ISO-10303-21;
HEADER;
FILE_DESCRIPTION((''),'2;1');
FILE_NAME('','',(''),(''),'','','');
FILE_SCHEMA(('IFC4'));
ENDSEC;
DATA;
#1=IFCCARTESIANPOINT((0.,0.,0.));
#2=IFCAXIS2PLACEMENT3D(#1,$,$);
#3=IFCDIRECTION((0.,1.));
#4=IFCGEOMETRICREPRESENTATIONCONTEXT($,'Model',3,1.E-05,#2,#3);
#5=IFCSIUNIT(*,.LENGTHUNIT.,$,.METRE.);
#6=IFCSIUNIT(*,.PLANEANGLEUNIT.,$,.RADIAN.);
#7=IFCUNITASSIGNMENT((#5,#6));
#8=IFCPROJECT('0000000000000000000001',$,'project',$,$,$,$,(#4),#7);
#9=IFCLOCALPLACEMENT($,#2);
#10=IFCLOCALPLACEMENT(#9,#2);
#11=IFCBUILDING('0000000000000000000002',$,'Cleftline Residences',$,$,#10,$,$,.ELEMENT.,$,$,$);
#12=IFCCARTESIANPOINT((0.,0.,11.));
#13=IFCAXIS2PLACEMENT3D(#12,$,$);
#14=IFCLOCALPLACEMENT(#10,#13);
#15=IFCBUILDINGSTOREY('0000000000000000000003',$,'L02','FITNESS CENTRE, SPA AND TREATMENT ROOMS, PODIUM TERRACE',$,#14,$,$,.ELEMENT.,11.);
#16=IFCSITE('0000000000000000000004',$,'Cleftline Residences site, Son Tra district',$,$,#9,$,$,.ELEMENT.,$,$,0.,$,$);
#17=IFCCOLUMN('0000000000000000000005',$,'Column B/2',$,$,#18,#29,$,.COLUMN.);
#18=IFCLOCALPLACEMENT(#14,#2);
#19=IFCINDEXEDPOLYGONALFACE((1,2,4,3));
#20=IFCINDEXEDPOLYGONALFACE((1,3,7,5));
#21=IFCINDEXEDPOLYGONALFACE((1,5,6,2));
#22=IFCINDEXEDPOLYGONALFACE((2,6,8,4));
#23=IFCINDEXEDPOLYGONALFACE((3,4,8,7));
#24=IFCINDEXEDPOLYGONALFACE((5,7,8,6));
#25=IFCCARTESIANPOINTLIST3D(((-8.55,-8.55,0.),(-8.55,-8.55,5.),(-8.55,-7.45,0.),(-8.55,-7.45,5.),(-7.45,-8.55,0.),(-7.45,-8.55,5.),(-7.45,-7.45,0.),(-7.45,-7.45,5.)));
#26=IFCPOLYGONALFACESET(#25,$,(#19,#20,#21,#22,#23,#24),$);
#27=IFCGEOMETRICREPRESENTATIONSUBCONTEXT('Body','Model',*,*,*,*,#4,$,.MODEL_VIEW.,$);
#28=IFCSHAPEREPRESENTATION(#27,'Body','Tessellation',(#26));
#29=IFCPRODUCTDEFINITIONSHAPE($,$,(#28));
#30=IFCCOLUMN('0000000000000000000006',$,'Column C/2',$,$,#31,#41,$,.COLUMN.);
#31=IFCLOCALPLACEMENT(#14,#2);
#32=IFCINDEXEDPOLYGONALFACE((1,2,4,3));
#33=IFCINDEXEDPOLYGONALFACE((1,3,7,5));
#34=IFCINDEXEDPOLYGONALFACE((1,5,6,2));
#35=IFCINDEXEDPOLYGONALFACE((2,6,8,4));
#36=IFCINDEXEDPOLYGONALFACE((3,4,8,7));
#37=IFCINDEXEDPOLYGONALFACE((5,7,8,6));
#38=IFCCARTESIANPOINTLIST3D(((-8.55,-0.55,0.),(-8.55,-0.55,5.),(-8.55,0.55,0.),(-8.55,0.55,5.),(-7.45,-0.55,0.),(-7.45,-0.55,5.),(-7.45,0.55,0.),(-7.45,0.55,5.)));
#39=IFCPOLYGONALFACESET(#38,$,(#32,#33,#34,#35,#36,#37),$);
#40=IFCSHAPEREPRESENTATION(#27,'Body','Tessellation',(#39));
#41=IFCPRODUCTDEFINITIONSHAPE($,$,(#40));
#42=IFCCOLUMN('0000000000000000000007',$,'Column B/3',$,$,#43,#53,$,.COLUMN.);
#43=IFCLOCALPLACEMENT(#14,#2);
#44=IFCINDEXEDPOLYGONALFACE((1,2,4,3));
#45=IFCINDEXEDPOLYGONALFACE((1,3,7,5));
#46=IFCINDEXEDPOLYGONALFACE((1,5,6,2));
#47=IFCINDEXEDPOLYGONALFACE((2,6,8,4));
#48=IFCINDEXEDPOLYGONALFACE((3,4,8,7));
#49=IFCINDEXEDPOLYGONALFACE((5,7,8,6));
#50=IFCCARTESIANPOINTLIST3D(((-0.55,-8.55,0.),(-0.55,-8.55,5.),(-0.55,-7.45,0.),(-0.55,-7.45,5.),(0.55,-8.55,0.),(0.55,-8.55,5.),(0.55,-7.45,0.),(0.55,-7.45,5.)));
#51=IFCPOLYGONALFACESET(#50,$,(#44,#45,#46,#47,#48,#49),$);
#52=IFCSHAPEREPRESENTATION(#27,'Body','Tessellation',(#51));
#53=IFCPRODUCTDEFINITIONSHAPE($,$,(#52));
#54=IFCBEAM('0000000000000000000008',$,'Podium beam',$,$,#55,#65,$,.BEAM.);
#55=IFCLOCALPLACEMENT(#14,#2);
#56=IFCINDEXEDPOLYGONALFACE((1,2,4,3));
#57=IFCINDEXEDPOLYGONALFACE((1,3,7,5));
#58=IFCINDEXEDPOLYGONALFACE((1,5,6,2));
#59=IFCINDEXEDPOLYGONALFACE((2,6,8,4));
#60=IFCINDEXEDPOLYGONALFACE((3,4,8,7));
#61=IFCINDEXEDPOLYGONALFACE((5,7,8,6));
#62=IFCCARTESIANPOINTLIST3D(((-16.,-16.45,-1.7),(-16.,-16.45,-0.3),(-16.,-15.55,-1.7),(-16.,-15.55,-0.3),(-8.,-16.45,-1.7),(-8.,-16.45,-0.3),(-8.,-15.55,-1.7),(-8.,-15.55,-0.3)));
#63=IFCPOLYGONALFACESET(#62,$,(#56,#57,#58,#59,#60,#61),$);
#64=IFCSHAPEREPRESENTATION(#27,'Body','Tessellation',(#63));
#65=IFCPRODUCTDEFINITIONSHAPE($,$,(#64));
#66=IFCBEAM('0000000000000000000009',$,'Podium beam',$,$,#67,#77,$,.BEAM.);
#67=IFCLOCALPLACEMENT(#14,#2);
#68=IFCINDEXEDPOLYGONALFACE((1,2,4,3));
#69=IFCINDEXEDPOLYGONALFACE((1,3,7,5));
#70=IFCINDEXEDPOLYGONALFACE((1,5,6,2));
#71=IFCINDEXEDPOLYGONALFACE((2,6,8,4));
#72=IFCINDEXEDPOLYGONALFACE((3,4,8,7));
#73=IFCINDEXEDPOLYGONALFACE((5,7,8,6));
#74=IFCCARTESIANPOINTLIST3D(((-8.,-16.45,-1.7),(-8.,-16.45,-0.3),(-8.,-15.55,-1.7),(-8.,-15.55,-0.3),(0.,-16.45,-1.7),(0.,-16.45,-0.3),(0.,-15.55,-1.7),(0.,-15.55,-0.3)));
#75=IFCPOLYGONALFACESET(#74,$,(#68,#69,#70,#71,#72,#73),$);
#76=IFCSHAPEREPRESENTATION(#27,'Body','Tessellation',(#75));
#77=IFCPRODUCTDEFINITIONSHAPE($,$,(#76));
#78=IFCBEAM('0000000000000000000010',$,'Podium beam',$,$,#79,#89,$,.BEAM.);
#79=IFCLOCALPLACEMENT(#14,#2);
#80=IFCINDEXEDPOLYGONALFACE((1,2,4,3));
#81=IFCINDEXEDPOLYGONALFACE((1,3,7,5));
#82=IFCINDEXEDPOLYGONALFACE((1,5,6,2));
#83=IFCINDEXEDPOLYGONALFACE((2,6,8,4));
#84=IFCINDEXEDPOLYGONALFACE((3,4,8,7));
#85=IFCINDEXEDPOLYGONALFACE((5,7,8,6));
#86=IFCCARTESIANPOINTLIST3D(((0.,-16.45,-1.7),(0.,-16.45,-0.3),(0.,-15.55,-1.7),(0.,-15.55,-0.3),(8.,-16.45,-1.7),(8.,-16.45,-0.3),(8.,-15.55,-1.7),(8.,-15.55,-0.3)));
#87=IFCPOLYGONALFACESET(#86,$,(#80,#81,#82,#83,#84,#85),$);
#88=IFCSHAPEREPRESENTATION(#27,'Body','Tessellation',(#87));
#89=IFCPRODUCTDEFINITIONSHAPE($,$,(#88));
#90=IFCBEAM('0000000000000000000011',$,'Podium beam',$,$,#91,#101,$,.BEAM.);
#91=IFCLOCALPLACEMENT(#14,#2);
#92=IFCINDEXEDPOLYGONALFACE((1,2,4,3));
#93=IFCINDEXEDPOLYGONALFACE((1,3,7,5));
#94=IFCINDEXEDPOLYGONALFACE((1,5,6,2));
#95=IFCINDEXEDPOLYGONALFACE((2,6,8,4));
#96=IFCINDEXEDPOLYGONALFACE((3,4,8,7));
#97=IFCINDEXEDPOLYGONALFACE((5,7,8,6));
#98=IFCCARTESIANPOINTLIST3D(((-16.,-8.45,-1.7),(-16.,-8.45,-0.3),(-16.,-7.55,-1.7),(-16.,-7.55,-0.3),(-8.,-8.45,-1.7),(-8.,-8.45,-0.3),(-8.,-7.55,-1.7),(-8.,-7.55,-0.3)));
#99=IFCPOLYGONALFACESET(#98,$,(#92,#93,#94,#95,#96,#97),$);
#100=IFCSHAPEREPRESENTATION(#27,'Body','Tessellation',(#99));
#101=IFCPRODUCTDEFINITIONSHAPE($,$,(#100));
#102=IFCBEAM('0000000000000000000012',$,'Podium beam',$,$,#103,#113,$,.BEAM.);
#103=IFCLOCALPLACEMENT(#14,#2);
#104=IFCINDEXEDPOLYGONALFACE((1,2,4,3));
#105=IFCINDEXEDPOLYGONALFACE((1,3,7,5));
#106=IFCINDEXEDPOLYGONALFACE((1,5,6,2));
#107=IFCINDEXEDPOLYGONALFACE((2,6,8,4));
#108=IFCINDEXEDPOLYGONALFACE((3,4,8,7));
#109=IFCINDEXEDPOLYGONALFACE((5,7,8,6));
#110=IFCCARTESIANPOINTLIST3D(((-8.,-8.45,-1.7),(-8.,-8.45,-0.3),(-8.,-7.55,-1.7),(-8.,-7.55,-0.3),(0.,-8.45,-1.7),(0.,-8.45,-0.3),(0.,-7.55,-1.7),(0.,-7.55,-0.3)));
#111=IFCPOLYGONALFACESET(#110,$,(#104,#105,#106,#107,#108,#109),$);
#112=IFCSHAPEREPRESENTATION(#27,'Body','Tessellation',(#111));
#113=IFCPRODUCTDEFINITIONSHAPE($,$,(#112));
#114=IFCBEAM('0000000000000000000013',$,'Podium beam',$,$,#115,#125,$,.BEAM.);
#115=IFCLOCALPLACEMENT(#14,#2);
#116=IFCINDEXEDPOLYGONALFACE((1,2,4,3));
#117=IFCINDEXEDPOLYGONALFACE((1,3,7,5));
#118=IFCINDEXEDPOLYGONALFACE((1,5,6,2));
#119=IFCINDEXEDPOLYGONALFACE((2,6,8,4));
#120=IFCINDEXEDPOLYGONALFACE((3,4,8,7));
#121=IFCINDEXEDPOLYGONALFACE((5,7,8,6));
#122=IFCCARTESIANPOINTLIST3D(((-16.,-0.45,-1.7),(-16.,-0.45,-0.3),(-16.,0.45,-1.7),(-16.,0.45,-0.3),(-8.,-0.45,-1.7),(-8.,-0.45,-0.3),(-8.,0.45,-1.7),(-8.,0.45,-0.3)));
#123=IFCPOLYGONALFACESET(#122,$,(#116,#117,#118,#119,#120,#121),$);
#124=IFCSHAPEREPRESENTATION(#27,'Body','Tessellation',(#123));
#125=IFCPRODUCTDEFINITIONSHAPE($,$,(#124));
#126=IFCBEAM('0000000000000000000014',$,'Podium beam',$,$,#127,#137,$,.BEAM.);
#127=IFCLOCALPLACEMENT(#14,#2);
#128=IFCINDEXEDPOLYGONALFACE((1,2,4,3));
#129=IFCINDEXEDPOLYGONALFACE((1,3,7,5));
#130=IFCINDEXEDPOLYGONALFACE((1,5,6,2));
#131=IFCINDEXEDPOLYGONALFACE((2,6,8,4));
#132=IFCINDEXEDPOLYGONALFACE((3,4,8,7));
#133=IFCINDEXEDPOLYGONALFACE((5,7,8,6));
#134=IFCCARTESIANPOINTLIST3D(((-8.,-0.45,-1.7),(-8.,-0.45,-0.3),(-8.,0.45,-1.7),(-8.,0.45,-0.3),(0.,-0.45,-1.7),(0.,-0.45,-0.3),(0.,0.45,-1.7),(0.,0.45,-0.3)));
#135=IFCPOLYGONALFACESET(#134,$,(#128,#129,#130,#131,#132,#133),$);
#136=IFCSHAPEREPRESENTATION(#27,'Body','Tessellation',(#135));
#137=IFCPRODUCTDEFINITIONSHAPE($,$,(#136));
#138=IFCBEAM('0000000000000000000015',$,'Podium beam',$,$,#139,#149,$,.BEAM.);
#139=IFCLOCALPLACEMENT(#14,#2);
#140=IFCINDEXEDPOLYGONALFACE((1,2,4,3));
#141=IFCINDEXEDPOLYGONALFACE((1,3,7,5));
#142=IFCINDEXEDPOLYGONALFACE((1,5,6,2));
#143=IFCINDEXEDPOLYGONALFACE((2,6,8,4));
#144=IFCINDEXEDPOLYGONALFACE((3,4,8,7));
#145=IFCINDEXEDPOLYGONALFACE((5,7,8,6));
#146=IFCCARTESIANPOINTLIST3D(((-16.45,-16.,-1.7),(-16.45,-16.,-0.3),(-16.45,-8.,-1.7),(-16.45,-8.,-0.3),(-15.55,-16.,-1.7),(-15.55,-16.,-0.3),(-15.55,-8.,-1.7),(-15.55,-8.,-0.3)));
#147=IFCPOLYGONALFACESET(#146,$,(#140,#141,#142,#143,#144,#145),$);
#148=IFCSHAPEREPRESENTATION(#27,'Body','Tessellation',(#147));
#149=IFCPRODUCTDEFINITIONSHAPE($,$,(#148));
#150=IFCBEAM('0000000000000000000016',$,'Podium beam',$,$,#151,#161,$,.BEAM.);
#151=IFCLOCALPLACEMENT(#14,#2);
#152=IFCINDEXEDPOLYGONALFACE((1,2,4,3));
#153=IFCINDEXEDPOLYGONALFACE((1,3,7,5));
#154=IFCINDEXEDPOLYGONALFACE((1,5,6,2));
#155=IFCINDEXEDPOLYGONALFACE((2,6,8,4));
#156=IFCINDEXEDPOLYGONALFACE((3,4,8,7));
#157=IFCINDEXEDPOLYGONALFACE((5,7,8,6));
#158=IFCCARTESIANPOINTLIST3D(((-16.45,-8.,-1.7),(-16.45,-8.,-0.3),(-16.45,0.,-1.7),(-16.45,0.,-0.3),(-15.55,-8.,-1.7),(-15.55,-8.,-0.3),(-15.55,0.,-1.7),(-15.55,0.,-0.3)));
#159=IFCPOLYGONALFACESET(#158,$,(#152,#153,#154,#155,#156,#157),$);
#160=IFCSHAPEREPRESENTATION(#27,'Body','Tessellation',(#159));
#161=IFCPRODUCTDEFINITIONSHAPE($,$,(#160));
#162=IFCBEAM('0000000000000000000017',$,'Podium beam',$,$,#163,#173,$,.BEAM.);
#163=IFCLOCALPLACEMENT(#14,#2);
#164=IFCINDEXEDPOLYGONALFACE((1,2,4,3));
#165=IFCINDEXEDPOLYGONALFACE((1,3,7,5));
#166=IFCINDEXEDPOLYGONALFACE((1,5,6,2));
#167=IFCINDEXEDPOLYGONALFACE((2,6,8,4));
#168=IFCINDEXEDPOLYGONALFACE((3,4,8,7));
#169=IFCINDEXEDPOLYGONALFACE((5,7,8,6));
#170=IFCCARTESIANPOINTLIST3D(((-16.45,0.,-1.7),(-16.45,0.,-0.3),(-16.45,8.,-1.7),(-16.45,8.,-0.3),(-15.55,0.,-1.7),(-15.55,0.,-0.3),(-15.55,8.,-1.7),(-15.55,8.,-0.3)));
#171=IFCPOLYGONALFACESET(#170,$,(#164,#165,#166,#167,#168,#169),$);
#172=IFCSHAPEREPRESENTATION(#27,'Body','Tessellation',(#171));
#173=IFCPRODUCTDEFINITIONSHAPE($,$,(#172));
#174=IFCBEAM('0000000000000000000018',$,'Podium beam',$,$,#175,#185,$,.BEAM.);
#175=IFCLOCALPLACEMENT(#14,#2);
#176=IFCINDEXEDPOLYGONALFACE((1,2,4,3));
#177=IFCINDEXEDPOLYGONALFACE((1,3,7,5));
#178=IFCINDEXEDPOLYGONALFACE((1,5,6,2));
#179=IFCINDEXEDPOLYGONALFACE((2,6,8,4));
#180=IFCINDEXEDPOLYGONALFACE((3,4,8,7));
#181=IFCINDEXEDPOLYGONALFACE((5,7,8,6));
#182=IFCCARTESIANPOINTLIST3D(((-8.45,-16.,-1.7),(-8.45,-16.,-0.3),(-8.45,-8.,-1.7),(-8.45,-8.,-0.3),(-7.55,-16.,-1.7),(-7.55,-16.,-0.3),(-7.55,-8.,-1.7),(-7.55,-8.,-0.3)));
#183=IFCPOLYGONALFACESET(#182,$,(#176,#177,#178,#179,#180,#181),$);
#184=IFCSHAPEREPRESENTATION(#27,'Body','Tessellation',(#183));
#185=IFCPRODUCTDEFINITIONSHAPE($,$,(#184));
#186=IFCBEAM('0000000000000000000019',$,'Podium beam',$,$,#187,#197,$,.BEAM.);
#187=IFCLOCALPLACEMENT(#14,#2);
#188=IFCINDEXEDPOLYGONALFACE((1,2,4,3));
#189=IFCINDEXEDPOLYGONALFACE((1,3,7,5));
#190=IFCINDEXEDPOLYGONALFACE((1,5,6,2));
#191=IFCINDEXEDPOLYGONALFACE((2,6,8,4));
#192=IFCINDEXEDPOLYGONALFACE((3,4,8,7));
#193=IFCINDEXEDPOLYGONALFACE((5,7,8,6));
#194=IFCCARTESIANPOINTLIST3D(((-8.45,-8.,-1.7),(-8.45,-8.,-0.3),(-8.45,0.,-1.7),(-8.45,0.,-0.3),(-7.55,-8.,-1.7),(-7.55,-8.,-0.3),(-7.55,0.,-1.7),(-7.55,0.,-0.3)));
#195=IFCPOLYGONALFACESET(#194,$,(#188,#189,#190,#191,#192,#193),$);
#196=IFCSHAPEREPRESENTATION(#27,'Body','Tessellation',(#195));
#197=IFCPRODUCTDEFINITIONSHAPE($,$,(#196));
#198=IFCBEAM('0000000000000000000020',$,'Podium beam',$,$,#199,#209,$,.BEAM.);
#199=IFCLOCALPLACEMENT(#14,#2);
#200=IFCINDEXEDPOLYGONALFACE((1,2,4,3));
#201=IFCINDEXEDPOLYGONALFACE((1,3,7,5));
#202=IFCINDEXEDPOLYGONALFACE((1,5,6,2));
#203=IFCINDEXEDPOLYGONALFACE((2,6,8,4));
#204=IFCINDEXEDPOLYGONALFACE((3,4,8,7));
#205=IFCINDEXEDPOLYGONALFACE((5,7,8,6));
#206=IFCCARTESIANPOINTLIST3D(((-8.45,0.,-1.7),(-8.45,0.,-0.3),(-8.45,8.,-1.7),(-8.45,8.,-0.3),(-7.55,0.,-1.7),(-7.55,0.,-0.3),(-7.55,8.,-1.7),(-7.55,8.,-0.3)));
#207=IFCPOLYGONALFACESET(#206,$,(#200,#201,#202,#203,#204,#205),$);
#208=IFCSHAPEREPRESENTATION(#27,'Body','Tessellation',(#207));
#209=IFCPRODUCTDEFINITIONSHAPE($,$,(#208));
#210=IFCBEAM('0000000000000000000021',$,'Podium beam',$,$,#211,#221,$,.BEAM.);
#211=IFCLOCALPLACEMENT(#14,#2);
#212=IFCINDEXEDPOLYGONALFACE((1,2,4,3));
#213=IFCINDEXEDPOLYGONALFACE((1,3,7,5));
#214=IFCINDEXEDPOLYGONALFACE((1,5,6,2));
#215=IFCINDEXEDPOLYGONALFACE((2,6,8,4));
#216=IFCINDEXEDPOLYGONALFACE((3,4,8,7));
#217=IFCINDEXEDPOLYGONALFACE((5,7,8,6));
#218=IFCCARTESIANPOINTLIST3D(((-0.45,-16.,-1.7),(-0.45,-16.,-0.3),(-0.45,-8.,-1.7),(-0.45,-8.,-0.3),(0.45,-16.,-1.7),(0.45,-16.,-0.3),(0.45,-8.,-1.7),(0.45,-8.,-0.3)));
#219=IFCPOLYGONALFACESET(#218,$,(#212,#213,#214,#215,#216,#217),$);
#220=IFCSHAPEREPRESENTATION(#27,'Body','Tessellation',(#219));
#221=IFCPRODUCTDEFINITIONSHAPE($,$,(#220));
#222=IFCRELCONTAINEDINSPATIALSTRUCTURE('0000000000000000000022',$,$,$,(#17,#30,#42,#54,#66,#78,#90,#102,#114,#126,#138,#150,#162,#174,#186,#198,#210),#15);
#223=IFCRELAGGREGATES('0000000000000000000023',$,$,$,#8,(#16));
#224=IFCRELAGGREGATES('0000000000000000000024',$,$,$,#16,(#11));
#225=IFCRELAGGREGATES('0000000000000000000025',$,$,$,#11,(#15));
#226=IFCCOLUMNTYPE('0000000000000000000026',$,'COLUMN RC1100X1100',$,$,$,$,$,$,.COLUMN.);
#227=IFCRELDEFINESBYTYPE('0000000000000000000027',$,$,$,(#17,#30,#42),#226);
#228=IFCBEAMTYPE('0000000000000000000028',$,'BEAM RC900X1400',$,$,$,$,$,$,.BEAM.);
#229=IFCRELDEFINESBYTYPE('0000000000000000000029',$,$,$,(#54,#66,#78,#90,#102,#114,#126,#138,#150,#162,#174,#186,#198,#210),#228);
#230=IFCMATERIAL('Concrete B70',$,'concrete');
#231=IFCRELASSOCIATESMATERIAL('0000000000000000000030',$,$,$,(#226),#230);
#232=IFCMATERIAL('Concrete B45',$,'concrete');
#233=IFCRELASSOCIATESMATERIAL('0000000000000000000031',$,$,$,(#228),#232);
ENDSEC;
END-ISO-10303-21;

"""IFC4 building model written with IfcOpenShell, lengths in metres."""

from ifc_helpers import new_model, si_unit, direction, frame, origin, origin_2d, place, context, subcontext, project, spatial, rectangle, extrude, material, material_profile, profile_set, type_object, element, save


model = new_model("IFC4")

# Units and contexts
model_context = context("Model", 3, precision=1e-05, world=origin(), true_north=direction((0.0, 1.0)))
body_context = subcontext(model_context, "Body", "Model", "MODEL_VIEW")
ifc_project = project(units=[si_unit("LENGTHUNIT", "METRE"), si_unit("PLANEANGLEUNIT", "RADIAN")], contexts=[model_context])

# Site, building, storey
site_placement = place(None, origin())
site = spatial("IfcSite", under=ifc_project, at=site_placement, Name="Cleftline Residences site, Son Tra district", CompositionType="ELEMENT", RefElevation=0.0)
building_placement = place(site_placement, origin())
building = spatial("IfcBuilding", under=site, at=building_placement, Name="Cleftline Residences", CompositionType="ELEMENT")
storey_placement = place(building_placement, frame((0.0, 0.0, 11.0)))
storey = spatial("IfcBuildingStorey", under=building, at=storey_placement, Name="L02", Description="FITNESS CENTRE, SPA AND TREATMENT ROOMS, PODIUM TERRACE", CompositionType="ELEMENT", Elevation=11.0)

# Columns
ifc_material_1 = material(Name="Concrete B70", Category="concrete")
ifc_material_profile_1 = material_profile(ifc_material_1, rectangle(XDim=1.1001, YDim=1.1001, at=origin_2d()))
ifc_profile_set_1 = profile_set([ifc_material_profile_1], Name="Concrete B70")
column_type = type_object("IfcColumnType", Name="COLUMN RC1100X1100", PredefinedType="COLUMN", material=ifc_profile_set_1)
for number, where, z_axis, x_axis, name in (
    (1, (-8.0, -8.0, 0.0), (0.0, 0.0, 1.0), (1.0, 0.0, 0.0), "Column B/2"),
    (2, (-8.0, 0.0, 0.0), (0.0, 0.0, 1.0), (1.0, 0.0, 0.0), "Column C/2"),
    (3, (0.0, -8.0, 0.0), (0.0, 0.0, 1.0), (1.0, 0.0, 0.0), "Column B/3"),
):
    element("IfcColumn", number, at=place(storey_placement, frame(where, z_axis=z_axis, x_axis=x_axis)), inside=storey, type_object=column_type, Name=name, PredefinedType="COLUMN", context=body_context, shape_type="SweptSolid", body=[
        extrude(rectangle(XDim=1.1001, YDim=1.1001, at=origin_2d()), origin(), (0.0, 0.0, 1.0), 5.0),
    ])

# Beams
ifc_material_2 = material(Name="Concrete B45", Category="concrete")
ifc_material_profile_2 = material_profile(ifc_material_2, rectangle(XDim=0.8999, YDim=1.3999, at=origin_2d()))
ifc_profile_set_2 = profile_set([ifc_material_profile_2], Name="Concrete B45")
beam_type = type_object("IfcBeamType", Name="BEAM RC900X1400", PredefinedType="BEAM", material=ifc_profile_set_2)
for number, where, z_axis, x_axis, name in (
    (4, (-16.0, -16.0, -1.0), (1.0, 0.0, 0.0), (0.0, 1.0, 0.0), "Podium beam"),
    (5, (-8.0, -16.0, -1.0), (1.0, 0.0, 0.0), (0.0, 1.0, 0.0), "Podium beam"),
    (6, (0.0, -16.0, -1.0), (1.0, 0.0, 0.0), (0.0, 1.0, 0.0), "Podium beam"),
    (7, (-16.0, -8.0, -1.0), (1.0, 0.0, 0.0), (0.0, 1.0, 0.0), "Podium beam"),
    (8, (-8.0, -8.0, -1.0), (1.0, 0.0, 0.0), (0.0, 1.0, 0.0), "Podium beam"),
    (9, (-16.0, 0.0, -1.0), (1.0, 0.0, 0.0), (0.0, 1.0, 0.0), "Podium beam"),
    (10, (-8.0, 0.0, -1.0), (1.0, 0.0, 0.0), (0.0, 1.0, 0.0), "Podium beam"),
    (11, (-16.0, -16.0, -1.0), (0.0, 1.0, 0.0), (-1.0, 0.0, 0.0), "Podium beam"),
    (12, (-16.0, -8.0, -1.0), (0.0, 1.0, 0.0), (-1.0, 0.0, 0.0), "Podium beam"),
    (13, (-16.0, 0.0, -1.0), (0.0, 1.0, 0.0), (-1.0, 0.0, 0.0), "Podium beam"),
    (14, (-8.0, -16.0, -1.0), (0.0, 1.0, 0.0), (-1.0, 0.0, 0.0), "Podium beam"),
    (15, (-8.0, -8.0, -1.0), (0.0, 1.0, 0.0), (-1.0, 0.0, 0.0), "Podium beam"),
    (16, (-8.0, 0.0, -1.0), (0.0, 1.0, 0.0), (-1.0, 0.0, 0.0), "Podium beam"),
    (17, (0.0, -16.0, -1.0), (0.0, 1.0, 0.0), (-1.0, 0.0, 0.0), "Podium beam"),
):
    element("IfcBeam", number, at=place(storey_placement, frame(where, z_axis=z_axis, x_axis=x_axis)), inside=storey, type_object=beam_type, Name=name, PredefinedType="BEAM", context=body_context, shape_type="SweptSolid", body=[
        extrude(rectangle(XDim=0.8999, YDim=1.3999, at=origin_2d()), origin(), (0.0, 0.0, 1.0), 8.0),
    ])

save(model, "model.ifc")
